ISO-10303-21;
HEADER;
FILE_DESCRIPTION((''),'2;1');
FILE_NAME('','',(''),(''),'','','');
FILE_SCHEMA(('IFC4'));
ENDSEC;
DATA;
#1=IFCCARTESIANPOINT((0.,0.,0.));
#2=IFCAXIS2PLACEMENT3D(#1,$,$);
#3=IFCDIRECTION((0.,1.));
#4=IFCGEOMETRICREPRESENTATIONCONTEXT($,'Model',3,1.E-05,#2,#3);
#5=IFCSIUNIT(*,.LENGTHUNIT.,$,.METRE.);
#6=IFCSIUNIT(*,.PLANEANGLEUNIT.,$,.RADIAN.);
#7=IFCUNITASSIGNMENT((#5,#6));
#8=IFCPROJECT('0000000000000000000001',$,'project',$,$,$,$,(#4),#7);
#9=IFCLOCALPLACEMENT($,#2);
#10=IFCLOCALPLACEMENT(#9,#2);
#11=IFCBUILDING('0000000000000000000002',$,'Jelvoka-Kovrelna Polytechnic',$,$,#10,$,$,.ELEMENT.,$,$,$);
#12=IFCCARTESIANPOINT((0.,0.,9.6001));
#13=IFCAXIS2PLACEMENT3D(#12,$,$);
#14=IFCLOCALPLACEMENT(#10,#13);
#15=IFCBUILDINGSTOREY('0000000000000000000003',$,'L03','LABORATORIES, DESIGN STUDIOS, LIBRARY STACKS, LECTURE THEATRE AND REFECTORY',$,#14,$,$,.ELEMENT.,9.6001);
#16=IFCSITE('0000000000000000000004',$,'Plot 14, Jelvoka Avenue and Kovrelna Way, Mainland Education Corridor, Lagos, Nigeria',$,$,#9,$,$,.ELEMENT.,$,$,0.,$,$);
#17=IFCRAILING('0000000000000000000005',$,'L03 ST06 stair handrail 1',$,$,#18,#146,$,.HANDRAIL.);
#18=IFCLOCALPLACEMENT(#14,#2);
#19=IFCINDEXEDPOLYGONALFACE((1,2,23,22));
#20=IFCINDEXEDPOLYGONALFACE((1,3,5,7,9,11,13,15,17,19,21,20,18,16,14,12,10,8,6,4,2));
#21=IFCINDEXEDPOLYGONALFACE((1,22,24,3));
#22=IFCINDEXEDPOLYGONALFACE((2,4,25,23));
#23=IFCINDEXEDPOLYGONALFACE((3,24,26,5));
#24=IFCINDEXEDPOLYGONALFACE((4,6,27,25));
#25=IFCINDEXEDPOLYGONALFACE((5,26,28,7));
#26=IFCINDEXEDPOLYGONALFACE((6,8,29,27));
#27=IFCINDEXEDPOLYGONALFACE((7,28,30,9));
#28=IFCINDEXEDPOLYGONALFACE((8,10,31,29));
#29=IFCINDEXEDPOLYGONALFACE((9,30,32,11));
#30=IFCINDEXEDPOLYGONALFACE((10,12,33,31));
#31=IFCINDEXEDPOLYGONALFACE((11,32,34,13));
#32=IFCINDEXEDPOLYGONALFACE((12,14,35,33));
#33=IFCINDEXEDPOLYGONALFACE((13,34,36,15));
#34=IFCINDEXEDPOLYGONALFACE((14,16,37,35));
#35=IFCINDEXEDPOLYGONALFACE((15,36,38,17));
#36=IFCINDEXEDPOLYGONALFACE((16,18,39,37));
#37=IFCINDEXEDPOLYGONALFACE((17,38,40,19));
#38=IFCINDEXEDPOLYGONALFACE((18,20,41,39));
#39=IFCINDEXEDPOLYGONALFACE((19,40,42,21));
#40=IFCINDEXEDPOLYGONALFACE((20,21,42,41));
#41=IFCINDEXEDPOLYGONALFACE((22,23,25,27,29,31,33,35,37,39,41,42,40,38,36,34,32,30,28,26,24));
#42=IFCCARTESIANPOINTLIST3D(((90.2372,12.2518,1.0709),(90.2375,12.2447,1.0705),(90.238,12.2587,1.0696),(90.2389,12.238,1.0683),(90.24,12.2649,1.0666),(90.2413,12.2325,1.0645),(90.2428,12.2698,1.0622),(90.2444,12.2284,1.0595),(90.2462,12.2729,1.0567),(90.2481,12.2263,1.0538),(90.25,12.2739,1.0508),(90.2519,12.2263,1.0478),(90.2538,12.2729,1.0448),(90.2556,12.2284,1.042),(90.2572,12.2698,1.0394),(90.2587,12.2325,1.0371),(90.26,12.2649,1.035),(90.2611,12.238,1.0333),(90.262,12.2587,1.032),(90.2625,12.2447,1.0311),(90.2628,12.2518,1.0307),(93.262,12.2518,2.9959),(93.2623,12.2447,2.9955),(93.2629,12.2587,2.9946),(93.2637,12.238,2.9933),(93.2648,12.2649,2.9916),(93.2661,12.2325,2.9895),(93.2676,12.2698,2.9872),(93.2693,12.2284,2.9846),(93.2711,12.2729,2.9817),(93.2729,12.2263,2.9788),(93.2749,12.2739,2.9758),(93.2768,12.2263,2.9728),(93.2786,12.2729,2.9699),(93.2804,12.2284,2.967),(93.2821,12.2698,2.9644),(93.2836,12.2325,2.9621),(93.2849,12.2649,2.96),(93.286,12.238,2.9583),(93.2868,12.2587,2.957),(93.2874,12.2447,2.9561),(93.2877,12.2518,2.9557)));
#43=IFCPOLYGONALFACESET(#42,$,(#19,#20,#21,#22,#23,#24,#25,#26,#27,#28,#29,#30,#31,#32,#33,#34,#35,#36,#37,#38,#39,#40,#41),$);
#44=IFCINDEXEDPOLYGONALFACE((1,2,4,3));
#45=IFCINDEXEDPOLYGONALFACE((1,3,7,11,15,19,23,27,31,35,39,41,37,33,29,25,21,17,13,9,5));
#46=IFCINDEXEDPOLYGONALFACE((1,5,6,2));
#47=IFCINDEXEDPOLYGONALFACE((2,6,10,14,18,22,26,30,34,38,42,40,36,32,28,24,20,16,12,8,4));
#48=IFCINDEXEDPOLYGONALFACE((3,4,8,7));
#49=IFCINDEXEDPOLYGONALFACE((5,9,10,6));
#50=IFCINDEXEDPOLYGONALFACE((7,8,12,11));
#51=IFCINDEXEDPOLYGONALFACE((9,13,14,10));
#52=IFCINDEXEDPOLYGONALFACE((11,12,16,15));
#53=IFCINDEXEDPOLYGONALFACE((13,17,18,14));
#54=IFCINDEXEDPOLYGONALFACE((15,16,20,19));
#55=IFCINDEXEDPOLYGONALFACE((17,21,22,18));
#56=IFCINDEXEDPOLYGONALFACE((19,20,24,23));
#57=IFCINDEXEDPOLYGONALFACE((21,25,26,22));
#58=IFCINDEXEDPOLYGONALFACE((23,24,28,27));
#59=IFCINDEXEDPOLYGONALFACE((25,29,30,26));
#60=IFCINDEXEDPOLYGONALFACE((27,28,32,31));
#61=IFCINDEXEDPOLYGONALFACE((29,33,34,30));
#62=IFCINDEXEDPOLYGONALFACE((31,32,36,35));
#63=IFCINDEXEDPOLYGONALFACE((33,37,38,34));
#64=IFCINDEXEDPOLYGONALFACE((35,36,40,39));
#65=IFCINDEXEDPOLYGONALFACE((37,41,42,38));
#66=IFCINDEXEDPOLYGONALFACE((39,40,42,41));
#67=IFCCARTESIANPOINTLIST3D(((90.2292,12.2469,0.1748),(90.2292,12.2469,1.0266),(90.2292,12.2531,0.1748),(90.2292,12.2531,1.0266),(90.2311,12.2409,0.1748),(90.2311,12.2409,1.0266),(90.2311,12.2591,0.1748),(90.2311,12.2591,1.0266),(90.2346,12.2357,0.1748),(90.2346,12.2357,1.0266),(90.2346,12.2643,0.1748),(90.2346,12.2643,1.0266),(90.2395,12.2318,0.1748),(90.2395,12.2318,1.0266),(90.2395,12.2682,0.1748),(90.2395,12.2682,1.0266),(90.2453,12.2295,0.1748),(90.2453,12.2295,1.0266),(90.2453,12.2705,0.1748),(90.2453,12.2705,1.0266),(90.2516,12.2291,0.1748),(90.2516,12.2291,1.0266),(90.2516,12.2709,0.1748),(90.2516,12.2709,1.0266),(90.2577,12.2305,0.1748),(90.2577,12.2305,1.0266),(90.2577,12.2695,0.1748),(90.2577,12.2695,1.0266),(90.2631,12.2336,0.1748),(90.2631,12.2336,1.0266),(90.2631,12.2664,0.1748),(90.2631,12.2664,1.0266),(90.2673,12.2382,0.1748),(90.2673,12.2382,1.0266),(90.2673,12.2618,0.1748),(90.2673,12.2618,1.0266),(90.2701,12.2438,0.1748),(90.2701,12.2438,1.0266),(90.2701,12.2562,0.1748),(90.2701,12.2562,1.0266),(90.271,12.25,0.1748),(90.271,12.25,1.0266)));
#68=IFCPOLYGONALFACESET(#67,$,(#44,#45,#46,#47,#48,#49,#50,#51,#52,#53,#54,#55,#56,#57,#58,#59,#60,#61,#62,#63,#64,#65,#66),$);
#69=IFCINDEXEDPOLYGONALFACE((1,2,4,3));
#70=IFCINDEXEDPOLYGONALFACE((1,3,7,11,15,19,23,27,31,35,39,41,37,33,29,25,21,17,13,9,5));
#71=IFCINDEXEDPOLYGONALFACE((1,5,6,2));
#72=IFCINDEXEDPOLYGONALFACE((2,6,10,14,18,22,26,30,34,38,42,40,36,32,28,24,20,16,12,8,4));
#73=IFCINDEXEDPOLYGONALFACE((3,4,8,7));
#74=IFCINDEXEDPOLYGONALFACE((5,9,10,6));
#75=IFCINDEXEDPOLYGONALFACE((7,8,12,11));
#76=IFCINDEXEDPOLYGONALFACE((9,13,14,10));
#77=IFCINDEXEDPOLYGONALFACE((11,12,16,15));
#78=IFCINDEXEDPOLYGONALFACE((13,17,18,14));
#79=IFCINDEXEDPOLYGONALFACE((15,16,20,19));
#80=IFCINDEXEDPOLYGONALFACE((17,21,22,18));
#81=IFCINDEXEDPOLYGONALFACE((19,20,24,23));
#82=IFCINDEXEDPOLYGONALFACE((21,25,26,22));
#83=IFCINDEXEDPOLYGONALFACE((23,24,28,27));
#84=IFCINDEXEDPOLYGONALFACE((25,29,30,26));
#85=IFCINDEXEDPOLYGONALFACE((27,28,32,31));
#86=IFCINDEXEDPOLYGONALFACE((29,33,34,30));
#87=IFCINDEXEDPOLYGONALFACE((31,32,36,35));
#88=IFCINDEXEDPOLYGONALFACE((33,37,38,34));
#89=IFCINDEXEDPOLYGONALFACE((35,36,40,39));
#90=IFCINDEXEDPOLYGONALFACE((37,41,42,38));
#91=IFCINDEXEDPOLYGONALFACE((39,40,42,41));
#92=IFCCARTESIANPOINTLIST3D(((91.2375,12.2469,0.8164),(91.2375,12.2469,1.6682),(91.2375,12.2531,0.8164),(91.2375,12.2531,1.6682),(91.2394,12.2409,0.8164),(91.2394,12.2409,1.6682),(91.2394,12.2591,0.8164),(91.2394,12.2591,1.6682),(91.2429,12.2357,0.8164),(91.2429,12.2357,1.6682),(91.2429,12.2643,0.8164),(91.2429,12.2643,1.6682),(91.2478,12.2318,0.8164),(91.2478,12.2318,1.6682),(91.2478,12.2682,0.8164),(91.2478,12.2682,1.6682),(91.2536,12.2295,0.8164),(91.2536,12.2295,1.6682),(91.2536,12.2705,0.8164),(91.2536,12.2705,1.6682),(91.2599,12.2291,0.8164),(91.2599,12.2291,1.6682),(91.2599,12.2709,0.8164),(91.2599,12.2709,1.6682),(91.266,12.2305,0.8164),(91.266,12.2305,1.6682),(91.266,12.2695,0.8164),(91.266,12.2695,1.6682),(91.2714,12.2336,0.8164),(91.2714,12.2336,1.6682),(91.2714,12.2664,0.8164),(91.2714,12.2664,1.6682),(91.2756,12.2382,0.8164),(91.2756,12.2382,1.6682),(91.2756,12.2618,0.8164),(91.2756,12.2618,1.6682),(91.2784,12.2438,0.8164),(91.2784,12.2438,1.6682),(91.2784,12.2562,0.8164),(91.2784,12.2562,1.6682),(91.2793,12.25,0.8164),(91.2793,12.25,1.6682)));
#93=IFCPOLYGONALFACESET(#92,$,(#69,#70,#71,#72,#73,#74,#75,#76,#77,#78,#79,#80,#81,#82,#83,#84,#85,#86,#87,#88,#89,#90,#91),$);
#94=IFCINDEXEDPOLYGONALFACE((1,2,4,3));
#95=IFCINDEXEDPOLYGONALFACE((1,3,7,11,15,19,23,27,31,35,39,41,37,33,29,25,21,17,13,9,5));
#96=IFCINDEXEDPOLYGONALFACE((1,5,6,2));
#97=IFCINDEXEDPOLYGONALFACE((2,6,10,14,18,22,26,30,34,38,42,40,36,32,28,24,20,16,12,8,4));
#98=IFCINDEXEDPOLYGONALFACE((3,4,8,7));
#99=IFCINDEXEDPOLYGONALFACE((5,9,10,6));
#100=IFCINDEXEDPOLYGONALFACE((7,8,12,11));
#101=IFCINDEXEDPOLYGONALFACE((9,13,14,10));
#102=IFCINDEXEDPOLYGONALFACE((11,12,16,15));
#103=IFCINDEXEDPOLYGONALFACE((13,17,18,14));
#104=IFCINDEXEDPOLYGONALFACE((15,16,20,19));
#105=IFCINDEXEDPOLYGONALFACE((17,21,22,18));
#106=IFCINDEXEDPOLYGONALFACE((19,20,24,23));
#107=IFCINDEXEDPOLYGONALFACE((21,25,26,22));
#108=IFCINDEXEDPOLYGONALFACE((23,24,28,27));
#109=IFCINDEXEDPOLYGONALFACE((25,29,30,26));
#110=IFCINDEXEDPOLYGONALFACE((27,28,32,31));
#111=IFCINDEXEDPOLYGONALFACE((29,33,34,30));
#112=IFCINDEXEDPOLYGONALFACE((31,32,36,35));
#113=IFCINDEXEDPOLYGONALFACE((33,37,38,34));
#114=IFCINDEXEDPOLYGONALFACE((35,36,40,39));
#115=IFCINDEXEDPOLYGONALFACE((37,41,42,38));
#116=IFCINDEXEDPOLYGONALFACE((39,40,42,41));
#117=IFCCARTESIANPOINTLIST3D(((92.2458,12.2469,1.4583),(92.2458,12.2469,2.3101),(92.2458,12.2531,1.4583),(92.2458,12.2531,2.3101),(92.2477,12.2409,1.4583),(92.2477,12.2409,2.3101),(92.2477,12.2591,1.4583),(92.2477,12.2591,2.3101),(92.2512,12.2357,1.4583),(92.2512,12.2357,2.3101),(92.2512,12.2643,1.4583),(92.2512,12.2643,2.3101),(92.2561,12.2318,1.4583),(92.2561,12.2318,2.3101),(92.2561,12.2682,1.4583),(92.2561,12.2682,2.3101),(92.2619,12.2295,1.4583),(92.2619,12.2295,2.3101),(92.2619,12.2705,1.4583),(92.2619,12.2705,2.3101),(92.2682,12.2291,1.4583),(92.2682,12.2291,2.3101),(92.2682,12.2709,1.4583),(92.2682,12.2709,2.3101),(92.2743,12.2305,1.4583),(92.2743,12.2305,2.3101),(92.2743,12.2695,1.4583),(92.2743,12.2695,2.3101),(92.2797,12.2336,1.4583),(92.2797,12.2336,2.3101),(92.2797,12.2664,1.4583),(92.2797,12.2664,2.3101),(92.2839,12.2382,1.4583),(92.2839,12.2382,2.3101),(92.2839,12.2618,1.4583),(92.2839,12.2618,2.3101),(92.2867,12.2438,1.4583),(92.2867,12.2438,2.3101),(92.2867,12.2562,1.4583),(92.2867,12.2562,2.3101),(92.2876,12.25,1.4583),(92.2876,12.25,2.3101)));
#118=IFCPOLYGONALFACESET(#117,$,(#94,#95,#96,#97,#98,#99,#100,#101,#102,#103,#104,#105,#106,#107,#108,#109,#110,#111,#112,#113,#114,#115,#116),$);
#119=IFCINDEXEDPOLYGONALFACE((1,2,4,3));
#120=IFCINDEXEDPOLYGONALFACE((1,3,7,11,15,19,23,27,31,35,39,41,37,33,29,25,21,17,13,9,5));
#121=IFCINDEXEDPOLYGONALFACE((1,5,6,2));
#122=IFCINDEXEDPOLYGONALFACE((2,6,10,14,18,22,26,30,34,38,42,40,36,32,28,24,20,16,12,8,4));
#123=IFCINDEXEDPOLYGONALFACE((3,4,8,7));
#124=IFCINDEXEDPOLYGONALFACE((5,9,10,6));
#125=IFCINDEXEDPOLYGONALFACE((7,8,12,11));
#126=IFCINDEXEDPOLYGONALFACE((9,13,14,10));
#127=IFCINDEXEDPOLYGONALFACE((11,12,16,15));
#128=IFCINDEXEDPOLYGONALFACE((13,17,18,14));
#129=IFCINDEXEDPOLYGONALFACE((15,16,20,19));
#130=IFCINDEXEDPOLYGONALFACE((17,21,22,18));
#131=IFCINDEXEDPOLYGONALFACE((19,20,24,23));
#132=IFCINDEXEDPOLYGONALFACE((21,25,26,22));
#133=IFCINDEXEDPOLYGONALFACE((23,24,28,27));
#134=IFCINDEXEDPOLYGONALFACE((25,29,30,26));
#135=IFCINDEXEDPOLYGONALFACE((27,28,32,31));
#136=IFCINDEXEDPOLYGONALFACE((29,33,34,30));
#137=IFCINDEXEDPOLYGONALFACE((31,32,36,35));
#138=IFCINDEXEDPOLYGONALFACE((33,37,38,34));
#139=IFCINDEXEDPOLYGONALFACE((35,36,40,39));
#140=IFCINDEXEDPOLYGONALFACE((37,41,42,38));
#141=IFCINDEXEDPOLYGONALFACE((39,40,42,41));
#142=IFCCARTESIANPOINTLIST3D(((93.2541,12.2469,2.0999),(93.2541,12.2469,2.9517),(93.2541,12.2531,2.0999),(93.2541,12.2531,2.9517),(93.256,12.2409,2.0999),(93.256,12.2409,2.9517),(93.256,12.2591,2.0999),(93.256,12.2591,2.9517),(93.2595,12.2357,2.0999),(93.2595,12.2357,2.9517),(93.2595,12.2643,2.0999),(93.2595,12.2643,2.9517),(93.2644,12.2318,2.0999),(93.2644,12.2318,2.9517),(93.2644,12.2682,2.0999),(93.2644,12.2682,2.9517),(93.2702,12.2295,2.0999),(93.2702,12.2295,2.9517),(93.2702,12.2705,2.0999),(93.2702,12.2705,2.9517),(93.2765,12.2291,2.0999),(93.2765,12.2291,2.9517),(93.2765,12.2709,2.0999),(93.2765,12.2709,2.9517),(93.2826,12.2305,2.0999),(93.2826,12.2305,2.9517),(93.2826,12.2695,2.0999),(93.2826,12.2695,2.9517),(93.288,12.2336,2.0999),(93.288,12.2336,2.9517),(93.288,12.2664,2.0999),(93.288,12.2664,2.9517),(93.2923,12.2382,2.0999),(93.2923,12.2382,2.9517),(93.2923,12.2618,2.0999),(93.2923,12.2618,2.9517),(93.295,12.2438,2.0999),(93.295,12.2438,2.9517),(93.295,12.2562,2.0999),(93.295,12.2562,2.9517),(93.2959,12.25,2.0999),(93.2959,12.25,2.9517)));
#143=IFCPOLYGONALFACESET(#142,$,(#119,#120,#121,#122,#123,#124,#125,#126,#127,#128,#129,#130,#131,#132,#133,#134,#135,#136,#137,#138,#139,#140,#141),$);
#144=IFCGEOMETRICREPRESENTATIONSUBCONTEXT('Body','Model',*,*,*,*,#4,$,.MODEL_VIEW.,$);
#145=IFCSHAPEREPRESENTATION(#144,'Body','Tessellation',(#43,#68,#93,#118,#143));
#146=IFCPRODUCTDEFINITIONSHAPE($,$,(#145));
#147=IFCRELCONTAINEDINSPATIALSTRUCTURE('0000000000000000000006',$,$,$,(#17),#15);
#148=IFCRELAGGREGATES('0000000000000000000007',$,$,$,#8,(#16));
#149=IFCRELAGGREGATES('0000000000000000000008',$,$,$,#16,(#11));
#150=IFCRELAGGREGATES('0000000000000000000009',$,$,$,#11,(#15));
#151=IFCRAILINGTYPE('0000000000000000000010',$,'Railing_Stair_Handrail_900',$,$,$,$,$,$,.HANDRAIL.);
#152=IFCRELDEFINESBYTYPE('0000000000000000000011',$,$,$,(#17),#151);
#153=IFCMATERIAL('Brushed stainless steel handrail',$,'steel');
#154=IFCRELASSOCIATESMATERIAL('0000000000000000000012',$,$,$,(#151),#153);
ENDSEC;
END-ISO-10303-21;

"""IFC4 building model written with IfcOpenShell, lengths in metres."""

from ifc_helpers import new_model, si_unit, direction, frame, origin, origin_2d, place, context, subcontext, project, spatial, circle, extrude, material, type_object, element, save


model = new_model("IFC4")

# Units and contexts
model_context = context("Model", 3, precision=1e-05, world=origin(), true_north=direction((0.0, 1.0)))
body_context = subcontext(model_context, "Body", "Model", "MODEL_VIEW")
ifc_project = project(units=[si_unit("LENGTHUNIT", "METRE"), si_unit("PLANEANGLEUNIT", "RADIAN")], contexts=[model_context])

# Site, building, storey
site_placement = place(None, origin())
site = spatial("IfcSite", under=ifc_project, at=site_placement, Name="Plot 14, Jelvoka Avenue and Kovrelna Way, Mainland Education Corridor, Lagos, Nigeria", CompositionType="ELEMENT", RefElevation=0.0)
building_placement = place(site_placement, origin())
building = spatial("IfcBuilding", under=site, at=building_placement, Name="Jelvoka-Kovrelna Polytechnic", CompositionType="ELEMENT")
storey_placement = place(building_placement, frame((0.0, 0.0, 9.6001)))
storey = spatial("IfcBuildingStorey", under=building, at=storey_placement, Name="L03", Description="LABORATORIES, DESIGN STUDIOS, LIBRARY STACKS, LECTURE THEATRE AND REFECTORY", CompositionType="ELEMENT", Elevation=9.6001)

# Railing
ifc_material_1 = material(Name="Brushed stainless steel handrail", Category="steel")
railing_type_1 = type_object("IfcRailingType", Name="Railing_Stair_Handrail_900", PredefinedType="HANDRAIL", material=ifc_material_1)
railing_1_placement = place(storey_placement, frame((90.25, 12.25, 0.1748)))
element("IfcRailing", 1, at=railing_1_placement, inside=storey, type_object=railing_type_1, Name="L03 ST06 stair handrail 1", PredefinedType="HANDRAIL", context=body_context, shape_type="SweptSolid", body=[
    extrude(circle(Radius=0.0239, at=origin_2d()), frame((0.0, 0.0, 0.876), z_axis=(0.843647, 0.0, 0.536898), x_axis=(0.0, 1.0, 0.0)), (0.0, 0.0, 1.0), 3.5854),
    extrude(circle(Radius=0.021, at=origin_2d()), origin(), (0.0, 0.0, 1.0), 0.8518),
    extrude(circle(Radius=0.021, at=origin_2d()), frame((1.0083, 0.0, 0.6416)), (0.0, 0.0, 1.0), 0.8518),
    extrude(circle(Radius=0.021, at=origin_2d()), frame((2.0166, 0.0, 1.2834)), (0.0, 0.0, 1.0), 0.8518),
    extrude(circle(Radius=0.021, at=origin_2d()), frame((3.0249, 0.0, 1.925)), (0.0, 0.0, 1.0), 0.8518),
])

save(model, "model.ifc")
